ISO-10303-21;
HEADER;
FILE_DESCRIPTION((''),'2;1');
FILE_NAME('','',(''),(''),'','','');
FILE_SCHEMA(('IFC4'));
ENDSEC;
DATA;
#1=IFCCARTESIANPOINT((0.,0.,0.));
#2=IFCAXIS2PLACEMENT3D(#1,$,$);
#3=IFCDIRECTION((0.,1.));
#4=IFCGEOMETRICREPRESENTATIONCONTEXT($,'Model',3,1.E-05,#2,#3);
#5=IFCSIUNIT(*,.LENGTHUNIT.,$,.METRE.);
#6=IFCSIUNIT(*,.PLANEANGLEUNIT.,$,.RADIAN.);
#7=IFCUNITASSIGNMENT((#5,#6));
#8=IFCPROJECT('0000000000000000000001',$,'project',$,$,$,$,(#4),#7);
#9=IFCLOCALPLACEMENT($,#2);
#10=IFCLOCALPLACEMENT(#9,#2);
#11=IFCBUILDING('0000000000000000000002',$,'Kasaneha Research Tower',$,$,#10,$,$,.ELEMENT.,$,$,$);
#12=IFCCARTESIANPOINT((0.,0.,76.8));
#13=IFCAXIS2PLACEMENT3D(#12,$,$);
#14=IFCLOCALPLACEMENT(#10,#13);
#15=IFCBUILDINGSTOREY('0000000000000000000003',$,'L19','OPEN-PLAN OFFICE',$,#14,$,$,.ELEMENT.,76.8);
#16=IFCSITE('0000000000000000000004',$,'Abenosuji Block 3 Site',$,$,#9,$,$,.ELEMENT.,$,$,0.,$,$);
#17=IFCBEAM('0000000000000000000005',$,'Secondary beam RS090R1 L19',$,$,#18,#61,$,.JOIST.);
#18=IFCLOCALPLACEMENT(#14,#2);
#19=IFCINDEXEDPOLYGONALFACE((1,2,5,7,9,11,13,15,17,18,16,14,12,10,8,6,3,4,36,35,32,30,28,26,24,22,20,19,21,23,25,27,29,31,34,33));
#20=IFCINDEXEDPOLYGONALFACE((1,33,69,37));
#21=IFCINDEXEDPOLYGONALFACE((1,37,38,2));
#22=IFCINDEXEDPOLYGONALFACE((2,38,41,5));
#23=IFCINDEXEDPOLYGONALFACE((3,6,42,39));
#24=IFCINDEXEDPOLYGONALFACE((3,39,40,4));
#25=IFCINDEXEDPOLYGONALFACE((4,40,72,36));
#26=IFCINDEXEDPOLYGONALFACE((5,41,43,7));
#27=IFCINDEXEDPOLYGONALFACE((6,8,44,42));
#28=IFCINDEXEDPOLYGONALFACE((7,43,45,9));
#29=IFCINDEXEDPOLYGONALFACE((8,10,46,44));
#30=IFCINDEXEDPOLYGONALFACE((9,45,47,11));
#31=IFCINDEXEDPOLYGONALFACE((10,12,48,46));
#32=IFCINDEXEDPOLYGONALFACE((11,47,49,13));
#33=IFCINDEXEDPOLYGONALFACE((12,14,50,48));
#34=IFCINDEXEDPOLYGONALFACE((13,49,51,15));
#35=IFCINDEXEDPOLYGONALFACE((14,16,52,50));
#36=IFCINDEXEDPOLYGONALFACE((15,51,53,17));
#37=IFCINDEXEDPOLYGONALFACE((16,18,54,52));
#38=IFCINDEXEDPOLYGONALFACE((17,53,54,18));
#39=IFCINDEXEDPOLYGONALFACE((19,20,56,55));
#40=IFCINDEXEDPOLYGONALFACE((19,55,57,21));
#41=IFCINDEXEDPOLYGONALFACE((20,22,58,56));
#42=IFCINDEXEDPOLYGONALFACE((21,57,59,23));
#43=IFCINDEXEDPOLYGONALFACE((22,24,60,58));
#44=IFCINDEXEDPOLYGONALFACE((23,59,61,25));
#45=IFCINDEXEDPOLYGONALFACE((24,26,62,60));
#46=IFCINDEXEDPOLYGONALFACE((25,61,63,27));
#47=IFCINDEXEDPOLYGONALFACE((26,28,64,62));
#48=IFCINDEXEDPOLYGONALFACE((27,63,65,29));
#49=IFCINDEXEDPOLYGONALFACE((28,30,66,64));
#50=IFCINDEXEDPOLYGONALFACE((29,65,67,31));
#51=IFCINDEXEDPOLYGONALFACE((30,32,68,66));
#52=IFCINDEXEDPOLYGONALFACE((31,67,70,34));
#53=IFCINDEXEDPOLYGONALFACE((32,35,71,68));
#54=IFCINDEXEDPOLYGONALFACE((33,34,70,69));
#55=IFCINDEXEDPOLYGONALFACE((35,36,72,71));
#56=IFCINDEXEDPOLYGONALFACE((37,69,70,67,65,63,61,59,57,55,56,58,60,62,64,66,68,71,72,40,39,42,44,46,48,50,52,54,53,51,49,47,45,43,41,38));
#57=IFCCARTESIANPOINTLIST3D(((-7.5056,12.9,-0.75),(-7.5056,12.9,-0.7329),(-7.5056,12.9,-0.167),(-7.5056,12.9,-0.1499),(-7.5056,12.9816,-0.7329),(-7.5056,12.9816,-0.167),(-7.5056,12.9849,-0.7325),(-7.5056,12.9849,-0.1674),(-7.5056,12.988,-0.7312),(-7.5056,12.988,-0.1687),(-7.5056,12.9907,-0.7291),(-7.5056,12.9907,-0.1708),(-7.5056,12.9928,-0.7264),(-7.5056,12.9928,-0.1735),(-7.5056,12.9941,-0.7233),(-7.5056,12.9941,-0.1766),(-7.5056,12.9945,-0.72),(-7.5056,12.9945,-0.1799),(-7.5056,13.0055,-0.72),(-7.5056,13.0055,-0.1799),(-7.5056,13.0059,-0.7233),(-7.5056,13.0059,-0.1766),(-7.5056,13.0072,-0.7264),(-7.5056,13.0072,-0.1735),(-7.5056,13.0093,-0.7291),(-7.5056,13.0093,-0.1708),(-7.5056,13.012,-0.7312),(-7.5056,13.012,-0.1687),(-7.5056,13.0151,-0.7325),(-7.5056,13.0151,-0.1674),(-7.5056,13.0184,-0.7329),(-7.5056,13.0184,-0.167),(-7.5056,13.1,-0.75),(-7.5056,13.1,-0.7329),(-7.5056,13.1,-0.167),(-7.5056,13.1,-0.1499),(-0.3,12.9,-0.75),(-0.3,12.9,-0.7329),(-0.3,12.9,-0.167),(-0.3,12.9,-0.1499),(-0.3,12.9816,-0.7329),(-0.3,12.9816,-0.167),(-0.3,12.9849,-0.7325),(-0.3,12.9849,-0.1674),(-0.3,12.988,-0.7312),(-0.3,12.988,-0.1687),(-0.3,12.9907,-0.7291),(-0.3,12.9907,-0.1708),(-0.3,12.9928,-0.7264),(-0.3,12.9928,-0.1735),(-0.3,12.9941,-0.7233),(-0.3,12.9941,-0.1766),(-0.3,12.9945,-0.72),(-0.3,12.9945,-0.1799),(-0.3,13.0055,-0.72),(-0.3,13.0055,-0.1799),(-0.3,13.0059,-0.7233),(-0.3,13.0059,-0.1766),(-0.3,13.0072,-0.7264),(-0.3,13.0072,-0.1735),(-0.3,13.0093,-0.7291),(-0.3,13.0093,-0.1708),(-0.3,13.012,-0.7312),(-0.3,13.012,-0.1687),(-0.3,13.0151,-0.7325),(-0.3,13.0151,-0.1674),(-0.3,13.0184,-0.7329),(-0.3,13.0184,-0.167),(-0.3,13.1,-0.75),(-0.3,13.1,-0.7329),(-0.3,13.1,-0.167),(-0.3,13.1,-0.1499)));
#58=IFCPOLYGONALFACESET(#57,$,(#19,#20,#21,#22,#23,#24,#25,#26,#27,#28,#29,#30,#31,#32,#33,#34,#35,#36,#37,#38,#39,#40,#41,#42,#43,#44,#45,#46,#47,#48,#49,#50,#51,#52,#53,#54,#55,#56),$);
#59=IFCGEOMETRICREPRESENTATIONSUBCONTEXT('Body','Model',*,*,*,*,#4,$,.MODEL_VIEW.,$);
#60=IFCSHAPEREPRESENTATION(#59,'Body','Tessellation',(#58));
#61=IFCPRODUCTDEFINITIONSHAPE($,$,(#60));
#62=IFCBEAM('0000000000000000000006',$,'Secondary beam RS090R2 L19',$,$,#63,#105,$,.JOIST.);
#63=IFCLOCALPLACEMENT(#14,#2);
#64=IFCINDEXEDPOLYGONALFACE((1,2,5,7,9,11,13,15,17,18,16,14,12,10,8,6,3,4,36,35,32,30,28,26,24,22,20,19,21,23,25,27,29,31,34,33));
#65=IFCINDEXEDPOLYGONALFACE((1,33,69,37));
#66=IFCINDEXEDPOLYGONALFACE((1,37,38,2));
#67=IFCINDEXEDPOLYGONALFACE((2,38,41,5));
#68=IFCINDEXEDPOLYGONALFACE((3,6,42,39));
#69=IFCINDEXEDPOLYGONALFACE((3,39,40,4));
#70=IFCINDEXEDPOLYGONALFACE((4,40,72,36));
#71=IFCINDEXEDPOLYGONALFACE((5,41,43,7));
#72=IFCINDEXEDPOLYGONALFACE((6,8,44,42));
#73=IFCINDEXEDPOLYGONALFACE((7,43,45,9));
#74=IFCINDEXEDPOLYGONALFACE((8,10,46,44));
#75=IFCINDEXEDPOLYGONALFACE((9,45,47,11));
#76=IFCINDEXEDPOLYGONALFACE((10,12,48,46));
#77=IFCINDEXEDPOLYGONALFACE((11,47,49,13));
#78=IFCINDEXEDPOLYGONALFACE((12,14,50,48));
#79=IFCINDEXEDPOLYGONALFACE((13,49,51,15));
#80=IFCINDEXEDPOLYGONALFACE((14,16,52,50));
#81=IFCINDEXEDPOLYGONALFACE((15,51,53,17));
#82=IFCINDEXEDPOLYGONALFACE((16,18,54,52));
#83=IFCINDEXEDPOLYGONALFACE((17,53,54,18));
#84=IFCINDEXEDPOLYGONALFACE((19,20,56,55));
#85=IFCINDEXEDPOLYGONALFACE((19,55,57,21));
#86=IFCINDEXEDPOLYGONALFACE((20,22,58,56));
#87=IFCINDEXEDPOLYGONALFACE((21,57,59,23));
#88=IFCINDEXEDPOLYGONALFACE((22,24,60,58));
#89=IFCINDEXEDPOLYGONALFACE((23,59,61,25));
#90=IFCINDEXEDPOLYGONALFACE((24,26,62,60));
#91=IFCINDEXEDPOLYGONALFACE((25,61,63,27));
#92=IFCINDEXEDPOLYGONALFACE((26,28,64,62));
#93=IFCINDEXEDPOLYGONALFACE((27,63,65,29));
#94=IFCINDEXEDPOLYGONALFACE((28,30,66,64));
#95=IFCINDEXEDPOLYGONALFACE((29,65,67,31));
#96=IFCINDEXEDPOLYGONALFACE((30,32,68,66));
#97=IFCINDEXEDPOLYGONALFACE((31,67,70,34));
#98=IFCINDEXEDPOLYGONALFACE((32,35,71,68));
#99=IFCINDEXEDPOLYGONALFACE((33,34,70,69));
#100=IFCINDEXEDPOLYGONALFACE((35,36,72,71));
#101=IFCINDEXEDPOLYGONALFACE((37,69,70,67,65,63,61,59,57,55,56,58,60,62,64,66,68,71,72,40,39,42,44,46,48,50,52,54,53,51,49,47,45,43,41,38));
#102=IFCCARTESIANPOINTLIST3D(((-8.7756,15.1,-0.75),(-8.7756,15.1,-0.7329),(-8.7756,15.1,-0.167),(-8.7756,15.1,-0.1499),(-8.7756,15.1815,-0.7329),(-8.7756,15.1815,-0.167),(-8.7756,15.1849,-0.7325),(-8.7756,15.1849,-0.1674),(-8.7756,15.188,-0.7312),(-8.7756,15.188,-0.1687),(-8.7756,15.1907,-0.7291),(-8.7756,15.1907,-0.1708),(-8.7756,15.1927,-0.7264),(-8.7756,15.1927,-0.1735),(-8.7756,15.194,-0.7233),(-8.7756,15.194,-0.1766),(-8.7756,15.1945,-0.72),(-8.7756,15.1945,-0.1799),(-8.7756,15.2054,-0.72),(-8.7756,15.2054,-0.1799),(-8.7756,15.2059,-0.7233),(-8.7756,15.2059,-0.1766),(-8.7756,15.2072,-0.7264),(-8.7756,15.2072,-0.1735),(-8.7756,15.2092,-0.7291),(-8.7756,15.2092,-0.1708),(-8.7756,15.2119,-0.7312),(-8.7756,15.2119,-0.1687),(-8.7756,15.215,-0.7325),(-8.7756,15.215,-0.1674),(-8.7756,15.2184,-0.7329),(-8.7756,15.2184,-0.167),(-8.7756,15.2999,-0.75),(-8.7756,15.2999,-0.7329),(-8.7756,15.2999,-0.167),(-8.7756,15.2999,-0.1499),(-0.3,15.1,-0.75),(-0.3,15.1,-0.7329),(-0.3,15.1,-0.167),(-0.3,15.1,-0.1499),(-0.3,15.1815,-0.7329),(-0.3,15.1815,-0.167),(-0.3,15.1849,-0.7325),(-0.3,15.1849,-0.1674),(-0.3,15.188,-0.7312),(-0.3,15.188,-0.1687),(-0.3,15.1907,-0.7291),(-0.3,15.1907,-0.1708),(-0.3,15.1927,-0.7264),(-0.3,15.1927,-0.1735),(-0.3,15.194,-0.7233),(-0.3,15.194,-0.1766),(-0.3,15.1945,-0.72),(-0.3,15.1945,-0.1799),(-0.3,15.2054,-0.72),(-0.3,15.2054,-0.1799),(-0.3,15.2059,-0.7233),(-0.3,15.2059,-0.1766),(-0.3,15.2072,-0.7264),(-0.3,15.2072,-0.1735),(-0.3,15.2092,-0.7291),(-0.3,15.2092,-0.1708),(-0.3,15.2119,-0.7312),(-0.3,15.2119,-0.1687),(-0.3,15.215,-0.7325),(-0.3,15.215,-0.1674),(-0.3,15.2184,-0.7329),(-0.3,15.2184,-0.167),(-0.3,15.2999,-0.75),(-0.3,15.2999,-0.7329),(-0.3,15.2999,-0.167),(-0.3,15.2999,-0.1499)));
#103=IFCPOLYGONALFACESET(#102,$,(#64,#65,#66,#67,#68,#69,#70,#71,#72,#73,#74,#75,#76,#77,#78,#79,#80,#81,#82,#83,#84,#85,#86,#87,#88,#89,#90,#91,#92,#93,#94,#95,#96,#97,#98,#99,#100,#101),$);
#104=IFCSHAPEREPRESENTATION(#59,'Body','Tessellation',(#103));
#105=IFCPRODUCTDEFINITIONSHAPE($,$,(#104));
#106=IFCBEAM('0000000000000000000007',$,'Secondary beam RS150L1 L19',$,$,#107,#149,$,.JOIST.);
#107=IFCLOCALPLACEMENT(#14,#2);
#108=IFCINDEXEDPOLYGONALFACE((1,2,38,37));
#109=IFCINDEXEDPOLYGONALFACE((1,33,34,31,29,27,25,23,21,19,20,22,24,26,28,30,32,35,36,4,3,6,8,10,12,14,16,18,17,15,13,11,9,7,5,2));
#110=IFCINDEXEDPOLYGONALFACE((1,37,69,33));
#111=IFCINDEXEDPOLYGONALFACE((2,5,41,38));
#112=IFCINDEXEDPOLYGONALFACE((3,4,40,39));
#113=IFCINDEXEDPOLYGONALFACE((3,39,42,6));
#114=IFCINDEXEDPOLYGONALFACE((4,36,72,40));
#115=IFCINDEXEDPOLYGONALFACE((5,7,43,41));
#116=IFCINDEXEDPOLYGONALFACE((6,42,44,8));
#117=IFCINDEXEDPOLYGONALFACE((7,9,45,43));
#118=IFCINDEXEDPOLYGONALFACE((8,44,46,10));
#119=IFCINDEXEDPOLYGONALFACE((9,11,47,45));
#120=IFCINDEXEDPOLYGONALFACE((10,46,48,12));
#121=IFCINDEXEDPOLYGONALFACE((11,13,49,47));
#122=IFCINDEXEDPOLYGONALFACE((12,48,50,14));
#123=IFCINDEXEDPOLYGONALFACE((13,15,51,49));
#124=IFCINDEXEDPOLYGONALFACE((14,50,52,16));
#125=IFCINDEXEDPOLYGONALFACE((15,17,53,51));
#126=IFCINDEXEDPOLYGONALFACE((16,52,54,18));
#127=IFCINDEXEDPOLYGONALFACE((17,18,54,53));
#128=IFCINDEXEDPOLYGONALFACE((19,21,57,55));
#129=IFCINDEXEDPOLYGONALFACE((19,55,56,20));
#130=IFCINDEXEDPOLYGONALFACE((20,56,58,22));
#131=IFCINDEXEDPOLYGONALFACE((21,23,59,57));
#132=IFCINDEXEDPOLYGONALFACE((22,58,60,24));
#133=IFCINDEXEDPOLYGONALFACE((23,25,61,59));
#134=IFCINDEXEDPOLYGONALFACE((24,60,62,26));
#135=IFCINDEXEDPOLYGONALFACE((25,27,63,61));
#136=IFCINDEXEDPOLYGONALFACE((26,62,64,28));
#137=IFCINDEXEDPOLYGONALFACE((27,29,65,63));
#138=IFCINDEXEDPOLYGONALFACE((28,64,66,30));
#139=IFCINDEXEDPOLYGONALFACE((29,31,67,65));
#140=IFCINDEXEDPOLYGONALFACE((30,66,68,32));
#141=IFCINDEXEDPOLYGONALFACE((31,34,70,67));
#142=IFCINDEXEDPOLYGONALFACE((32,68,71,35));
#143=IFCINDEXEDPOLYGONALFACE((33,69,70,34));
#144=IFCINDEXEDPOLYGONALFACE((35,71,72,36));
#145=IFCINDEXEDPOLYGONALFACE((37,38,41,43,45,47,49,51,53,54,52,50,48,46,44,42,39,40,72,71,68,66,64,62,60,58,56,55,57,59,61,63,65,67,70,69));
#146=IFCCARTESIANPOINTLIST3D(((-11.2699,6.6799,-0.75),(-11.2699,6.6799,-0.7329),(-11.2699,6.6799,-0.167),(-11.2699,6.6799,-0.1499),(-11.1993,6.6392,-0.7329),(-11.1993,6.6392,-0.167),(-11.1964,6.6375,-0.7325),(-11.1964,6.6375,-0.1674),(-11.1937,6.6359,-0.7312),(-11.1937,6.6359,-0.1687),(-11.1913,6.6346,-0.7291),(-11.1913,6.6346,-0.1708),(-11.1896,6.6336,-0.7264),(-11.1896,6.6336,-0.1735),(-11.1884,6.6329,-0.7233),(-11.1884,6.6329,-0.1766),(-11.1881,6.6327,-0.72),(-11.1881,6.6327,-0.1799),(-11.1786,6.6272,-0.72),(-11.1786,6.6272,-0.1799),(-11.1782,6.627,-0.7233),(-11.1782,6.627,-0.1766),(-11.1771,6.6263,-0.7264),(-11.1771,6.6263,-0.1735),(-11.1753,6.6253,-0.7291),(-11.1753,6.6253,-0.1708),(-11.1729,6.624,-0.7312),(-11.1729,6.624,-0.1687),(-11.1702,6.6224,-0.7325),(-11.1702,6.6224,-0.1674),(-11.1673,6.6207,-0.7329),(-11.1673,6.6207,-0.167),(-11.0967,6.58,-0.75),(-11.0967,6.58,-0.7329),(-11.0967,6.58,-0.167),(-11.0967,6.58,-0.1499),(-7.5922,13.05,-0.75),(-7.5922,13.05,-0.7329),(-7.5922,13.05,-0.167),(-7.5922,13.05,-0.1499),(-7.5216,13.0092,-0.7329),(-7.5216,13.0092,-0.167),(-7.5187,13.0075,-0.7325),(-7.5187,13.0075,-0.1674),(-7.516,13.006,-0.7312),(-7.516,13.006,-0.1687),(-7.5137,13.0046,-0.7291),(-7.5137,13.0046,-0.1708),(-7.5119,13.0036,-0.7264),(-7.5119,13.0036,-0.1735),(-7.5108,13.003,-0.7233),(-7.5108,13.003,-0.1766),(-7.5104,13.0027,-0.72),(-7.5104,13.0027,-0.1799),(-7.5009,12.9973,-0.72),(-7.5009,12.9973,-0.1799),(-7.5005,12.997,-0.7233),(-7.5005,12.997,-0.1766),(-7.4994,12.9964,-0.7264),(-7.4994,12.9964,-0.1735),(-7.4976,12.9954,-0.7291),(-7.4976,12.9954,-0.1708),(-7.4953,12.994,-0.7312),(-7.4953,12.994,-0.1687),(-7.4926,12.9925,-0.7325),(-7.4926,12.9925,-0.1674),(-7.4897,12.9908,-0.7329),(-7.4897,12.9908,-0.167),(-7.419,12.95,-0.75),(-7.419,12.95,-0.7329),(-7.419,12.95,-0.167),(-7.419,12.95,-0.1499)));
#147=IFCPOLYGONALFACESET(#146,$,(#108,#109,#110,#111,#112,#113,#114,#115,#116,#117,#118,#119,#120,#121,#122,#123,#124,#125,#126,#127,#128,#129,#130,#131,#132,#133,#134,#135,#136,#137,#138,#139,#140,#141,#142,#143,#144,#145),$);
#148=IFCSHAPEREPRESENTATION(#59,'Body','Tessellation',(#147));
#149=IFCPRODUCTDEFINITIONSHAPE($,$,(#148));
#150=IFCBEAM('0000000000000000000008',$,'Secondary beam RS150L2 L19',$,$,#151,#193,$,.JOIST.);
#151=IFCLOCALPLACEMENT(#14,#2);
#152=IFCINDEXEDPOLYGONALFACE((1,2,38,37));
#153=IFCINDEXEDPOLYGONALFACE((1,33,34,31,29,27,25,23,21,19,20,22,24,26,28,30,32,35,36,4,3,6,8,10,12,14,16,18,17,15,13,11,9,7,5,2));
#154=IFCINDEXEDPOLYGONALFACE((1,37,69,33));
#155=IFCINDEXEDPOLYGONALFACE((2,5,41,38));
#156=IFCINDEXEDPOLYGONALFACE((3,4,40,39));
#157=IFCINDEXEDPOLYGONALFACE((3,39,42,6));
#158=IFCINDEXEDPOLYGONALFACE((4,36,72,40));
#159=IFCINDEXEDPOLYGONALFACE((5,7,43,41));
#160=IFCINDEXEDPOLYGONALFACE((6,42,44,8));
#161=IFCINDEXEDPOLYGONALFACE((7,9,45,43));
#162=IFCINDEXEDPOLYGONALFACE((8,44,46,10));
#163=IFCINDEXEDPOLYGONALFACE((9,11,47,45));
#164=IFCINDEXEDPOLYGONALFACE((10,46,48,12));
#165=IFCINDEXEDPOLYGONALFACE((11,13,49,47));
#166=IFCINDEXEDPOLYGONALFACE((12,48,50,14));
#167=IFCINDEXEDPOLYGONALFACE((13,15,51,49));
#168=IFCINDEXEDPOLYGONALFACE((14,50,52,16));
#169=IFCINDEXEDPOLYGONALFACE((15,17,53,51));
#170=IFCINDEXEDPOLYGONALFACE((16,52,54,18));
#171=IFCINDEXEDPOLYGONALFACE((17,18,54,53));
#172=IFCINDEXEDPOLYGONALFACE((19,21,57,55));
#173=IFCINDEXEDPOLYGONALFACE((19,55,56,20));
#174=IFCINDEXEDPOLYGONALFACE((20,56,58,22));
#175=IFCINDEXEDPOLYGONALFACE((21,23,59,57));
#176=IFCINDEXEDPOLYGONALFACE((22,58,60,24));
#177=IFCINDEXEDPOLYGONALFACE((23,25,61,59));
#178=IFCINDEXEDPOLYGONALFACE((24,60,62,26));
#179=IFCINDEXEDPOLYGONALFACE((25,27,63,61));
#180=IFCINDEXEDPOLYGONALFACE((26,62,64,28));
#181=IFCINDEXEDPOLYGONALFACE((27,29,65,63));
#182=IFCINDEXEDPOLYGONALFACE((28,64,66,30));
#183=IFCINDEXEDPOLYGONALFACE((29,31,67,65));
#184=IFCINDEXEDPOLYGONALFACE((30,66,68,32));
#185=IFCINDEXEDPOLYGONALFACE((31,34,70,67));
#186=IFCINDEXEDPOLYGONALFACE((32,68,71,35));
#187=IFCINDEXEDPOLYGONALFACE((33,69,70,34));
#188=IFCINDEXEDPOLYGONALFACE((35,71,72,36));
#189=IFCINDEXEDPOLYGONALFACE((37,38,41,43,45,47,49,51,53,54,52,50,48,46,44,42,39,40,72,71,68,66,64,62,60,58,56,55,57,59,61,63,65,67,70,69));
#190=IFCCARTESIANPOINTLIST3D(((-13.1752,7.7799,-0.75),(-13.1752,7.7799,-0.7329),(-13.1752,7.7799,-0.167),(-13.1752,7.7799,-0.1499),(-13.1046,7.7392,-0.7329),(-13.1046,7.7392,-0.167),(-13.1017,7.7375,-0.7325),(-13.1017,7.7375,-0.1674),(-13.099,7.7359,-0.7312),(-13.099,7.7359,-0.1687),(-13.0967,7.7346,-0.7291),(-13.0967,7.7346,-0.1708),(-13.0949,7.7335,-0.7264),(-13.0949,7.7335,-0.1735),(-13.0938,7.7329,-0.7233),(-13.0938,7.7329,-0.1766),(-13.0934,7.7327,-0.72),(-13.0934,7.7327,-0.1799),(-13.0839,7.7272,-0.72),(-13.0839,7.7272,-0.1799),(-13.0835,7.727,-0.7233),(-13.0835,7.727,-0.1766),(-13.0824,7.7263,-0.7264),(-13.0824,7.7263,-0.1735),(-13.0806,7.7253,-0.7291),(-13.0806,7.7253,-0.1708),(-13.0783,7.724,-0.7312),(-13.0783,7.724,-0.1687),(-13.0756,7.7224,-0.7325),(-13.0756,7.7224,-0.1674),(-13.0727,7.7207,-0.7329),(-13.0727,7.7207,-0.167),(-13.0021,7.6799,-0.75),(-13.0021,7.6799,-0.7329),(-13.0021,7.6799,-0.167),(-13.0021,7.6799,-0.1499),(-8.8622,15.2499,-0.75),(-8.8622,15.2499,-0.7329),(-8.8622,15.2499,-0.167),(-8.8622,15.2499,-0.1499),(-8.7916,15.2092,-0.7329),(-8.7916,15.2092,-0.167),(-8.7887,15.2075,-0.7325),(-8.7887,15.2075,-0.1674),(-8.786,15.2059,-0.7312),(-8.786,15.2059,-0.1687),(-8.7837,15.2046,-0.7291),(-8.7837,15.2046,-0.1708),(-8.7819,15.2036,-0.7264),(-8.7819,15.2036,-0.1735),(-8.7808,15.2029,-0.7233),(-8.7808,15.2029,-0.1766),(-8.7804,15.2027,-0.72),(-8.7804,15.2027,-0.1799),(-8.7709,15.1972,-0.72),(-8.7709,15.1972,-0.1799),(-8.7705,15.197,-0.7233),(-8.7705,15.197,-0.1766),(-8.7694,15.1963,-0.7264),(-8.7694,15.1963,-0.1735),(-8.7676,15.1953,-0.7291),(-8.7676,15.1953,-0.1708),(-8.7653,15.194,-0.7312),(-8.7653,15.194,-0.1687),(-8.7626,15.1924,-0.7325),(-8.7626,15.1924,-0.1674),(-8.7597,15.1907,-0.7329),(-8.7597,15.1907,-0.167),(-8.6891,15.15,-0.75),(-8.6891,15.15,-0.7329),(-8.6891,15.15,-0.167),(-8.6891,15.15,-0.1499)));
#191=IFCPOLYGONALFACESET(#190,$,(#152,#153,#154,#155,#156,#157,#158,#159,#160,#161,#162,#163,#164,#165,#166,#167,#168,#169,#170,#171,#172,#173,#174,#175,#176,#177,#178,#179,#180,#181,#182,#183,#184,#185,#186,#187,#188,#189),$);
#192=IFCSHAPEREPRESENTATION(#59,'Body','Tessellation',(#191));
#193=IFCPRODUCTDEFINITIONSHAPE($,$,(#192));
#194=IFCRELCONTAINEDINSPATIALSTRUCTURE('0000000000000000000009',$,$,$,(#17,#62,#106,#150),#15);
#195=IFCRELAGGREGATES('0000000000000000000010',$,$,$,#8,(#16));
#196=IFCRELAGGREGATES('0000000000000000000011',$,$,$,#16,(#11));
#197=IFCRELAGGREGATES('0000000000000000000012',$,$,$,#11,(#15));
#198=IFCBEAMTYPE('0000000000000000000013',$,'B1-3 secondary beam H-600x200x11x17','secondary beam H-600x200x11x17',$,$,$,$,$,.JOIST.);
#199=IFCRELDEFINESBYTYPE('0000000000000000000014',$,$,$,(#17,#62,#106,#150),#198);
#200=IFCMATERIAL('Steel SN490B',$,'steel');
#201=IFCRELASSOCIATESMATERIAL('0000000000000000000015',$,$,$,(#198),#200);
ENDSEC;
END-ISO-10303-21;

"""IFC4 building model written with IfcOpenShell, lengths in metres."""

from ifc_helpers import new_model, si_unit, direction, frame, origin, origin_2d, place, context, subcontext, project, spatial, i_section, extrude, material, material_profile, profile_set, type_object, element, save


model = new_model("IFC4")

# Units and contexts
model_context = context("Model", 3, precision=1e-05, world=origin(), true_north=direction((0.0, 1.0)))
body_context = subcontext(model_context, "Body", "Model", "MODEL_VIEW")
ifc_project = project(units=[si_unit("LENGTHUNIT", "METRE"), si_unit("PLANEANGLEUNIT", "RADIAN")], contexts=[model_context])

# Site, building, storey
site_placement = place(None, origin())
site = spatial("IfcSite", under=ifc_project, at=site_placement, Name="Abenosuji Block 3 Site", CompositionType="ELEMENT", RefElevation=0.0)
building_placement = place(site_placement, origin())
building = spatial("IfcBuilding", under=site, at=building_placement, Name="Kasaneha Research Tower", CompositionType="ELEMENT")
storey_placement = place(building_placement, frame((0.0, 0.0, 76.8)))
storey = spatial("IfcBuildingStorey", under=building, at=storey_placement, Name="L19", Description="OPEN-PLAN OFFICE", CompositionType="ELEMENT", Elevation=76.8)

# Beams
ifc_material_1 = material(Name="Steel SN490B", Category="steel")
ifc_material_profile_1 = material_profile(ifc_material_1, i_section(OverallWidth=0.2, OverallDepth=0.6001, WebThickness=0.011, FlangeThickness=0.0171, FilletRadius=0.0129, at=origin_2d()), Name="H-600x200x11x17")
ifc_profile_set_1 = profile_set([ifc_material_profile_1], Name="Steel SN490B")
beam_type_1 = type_object("IfcBeamType", Name="B1-3 secondary beam H-600x200x11x17", Description="secondary beam H-600x200x11x17", PredefinedType="JOIST", material=ifc_profile_set_1)
beam_1_placement = place(storey_placement, frame((-7.5056, 13.0, -0.45), z_axis=(1.0, 0.0, 0.0), x_axis=(0.0, 1.0, 0.0)))
element("IfcBeam", 1, at=beam_1_placement, inside=storey, type_object=beam_type_1, Name="Secondary beam RS090R1 L19", PredefinedType="JOIST", context=body_context, shape_type="SweptSolid", body=[
    extrude(i_section(OverallWidth=0.2, OverallDepth=0.6001, WebThickness=0.011, FlangeThickness=0.0171, FilletRadius=0.0129, at=origin_2d()), origin(), (0.0, 0.0, 1.0), 7.2056),
])
beam_2_placement = place(storey_placement, frame((-8.7756, 15.2, -0.45), z_axis=(1.0, 0.0, 0.0), x_axis=(0.0, 1.0, 0.0)))
element("IfcBeam", 2, at=beam_2_placement, inside=storey, type_object=beam_type_1, Name="Secondary beam RS090R2 L19", PredefinedType="JOIST", context=body_context, shape_type="SweptSolid", body=[
    extrude(i_section(OverallWidth=0.2, OverallDepth=0.6001, WebThickness=0.011, FlangeThickness=0.0171, FilletRadius=0.0129, at=origin_2d()), origin(), (0.0, 0.0, 1.0), 8.4756),
])
beam_3_placement = place(storey_placement, frame((-7.5056, 13.0, -0.45), z_axis=(-0.499994, -0.866029, 0.0), x_axis=(0.866029, -0.499994, 0.0)))
element("IfcBeam", 3, at=beam_3_placement, inside=storey, type_object=beam_type_1, Name="Secondary beam RS150L1 L19", PredefinedType="JOIST", context=body_context, shape_type="SweptSolid", body=[
    extrude(i_section(OverallWidth=0.2, OverallDepth=0.6001, WebThickness=0.011, FlangeThickness=0.0171, FilletRadius=0.0129, at=origin_2d()), origin(), (0.0, 0.0, 1.0), 7.3555),
])
beam_4_placement = place(storey_placement, frame((-8.7756, 15.2, -0.45), z_axis=(-0.500017, -0.866015, 0.0), x_axis=(0.866015, -0.500017, 0.0)))
element("IfcBeam", 4, at=beam_4_placement, inside=storey, type_object=beam_type_1, Name="Secondary beam RS150L2 L19", PredefinedType="JOIST", context=body_context, shape_type="SweptSolid", body=[
    extrude(i_section(OverallWidth=0.2, OverallDepth=0.6001, WebThickness=0.011, FlangeThickness=0.0171, FilletRadius=0.0129, at=origin_2d()), origin(), (0.0, 0.0, 1.0), 8.6257),
])

save(model, "model.ifc")
